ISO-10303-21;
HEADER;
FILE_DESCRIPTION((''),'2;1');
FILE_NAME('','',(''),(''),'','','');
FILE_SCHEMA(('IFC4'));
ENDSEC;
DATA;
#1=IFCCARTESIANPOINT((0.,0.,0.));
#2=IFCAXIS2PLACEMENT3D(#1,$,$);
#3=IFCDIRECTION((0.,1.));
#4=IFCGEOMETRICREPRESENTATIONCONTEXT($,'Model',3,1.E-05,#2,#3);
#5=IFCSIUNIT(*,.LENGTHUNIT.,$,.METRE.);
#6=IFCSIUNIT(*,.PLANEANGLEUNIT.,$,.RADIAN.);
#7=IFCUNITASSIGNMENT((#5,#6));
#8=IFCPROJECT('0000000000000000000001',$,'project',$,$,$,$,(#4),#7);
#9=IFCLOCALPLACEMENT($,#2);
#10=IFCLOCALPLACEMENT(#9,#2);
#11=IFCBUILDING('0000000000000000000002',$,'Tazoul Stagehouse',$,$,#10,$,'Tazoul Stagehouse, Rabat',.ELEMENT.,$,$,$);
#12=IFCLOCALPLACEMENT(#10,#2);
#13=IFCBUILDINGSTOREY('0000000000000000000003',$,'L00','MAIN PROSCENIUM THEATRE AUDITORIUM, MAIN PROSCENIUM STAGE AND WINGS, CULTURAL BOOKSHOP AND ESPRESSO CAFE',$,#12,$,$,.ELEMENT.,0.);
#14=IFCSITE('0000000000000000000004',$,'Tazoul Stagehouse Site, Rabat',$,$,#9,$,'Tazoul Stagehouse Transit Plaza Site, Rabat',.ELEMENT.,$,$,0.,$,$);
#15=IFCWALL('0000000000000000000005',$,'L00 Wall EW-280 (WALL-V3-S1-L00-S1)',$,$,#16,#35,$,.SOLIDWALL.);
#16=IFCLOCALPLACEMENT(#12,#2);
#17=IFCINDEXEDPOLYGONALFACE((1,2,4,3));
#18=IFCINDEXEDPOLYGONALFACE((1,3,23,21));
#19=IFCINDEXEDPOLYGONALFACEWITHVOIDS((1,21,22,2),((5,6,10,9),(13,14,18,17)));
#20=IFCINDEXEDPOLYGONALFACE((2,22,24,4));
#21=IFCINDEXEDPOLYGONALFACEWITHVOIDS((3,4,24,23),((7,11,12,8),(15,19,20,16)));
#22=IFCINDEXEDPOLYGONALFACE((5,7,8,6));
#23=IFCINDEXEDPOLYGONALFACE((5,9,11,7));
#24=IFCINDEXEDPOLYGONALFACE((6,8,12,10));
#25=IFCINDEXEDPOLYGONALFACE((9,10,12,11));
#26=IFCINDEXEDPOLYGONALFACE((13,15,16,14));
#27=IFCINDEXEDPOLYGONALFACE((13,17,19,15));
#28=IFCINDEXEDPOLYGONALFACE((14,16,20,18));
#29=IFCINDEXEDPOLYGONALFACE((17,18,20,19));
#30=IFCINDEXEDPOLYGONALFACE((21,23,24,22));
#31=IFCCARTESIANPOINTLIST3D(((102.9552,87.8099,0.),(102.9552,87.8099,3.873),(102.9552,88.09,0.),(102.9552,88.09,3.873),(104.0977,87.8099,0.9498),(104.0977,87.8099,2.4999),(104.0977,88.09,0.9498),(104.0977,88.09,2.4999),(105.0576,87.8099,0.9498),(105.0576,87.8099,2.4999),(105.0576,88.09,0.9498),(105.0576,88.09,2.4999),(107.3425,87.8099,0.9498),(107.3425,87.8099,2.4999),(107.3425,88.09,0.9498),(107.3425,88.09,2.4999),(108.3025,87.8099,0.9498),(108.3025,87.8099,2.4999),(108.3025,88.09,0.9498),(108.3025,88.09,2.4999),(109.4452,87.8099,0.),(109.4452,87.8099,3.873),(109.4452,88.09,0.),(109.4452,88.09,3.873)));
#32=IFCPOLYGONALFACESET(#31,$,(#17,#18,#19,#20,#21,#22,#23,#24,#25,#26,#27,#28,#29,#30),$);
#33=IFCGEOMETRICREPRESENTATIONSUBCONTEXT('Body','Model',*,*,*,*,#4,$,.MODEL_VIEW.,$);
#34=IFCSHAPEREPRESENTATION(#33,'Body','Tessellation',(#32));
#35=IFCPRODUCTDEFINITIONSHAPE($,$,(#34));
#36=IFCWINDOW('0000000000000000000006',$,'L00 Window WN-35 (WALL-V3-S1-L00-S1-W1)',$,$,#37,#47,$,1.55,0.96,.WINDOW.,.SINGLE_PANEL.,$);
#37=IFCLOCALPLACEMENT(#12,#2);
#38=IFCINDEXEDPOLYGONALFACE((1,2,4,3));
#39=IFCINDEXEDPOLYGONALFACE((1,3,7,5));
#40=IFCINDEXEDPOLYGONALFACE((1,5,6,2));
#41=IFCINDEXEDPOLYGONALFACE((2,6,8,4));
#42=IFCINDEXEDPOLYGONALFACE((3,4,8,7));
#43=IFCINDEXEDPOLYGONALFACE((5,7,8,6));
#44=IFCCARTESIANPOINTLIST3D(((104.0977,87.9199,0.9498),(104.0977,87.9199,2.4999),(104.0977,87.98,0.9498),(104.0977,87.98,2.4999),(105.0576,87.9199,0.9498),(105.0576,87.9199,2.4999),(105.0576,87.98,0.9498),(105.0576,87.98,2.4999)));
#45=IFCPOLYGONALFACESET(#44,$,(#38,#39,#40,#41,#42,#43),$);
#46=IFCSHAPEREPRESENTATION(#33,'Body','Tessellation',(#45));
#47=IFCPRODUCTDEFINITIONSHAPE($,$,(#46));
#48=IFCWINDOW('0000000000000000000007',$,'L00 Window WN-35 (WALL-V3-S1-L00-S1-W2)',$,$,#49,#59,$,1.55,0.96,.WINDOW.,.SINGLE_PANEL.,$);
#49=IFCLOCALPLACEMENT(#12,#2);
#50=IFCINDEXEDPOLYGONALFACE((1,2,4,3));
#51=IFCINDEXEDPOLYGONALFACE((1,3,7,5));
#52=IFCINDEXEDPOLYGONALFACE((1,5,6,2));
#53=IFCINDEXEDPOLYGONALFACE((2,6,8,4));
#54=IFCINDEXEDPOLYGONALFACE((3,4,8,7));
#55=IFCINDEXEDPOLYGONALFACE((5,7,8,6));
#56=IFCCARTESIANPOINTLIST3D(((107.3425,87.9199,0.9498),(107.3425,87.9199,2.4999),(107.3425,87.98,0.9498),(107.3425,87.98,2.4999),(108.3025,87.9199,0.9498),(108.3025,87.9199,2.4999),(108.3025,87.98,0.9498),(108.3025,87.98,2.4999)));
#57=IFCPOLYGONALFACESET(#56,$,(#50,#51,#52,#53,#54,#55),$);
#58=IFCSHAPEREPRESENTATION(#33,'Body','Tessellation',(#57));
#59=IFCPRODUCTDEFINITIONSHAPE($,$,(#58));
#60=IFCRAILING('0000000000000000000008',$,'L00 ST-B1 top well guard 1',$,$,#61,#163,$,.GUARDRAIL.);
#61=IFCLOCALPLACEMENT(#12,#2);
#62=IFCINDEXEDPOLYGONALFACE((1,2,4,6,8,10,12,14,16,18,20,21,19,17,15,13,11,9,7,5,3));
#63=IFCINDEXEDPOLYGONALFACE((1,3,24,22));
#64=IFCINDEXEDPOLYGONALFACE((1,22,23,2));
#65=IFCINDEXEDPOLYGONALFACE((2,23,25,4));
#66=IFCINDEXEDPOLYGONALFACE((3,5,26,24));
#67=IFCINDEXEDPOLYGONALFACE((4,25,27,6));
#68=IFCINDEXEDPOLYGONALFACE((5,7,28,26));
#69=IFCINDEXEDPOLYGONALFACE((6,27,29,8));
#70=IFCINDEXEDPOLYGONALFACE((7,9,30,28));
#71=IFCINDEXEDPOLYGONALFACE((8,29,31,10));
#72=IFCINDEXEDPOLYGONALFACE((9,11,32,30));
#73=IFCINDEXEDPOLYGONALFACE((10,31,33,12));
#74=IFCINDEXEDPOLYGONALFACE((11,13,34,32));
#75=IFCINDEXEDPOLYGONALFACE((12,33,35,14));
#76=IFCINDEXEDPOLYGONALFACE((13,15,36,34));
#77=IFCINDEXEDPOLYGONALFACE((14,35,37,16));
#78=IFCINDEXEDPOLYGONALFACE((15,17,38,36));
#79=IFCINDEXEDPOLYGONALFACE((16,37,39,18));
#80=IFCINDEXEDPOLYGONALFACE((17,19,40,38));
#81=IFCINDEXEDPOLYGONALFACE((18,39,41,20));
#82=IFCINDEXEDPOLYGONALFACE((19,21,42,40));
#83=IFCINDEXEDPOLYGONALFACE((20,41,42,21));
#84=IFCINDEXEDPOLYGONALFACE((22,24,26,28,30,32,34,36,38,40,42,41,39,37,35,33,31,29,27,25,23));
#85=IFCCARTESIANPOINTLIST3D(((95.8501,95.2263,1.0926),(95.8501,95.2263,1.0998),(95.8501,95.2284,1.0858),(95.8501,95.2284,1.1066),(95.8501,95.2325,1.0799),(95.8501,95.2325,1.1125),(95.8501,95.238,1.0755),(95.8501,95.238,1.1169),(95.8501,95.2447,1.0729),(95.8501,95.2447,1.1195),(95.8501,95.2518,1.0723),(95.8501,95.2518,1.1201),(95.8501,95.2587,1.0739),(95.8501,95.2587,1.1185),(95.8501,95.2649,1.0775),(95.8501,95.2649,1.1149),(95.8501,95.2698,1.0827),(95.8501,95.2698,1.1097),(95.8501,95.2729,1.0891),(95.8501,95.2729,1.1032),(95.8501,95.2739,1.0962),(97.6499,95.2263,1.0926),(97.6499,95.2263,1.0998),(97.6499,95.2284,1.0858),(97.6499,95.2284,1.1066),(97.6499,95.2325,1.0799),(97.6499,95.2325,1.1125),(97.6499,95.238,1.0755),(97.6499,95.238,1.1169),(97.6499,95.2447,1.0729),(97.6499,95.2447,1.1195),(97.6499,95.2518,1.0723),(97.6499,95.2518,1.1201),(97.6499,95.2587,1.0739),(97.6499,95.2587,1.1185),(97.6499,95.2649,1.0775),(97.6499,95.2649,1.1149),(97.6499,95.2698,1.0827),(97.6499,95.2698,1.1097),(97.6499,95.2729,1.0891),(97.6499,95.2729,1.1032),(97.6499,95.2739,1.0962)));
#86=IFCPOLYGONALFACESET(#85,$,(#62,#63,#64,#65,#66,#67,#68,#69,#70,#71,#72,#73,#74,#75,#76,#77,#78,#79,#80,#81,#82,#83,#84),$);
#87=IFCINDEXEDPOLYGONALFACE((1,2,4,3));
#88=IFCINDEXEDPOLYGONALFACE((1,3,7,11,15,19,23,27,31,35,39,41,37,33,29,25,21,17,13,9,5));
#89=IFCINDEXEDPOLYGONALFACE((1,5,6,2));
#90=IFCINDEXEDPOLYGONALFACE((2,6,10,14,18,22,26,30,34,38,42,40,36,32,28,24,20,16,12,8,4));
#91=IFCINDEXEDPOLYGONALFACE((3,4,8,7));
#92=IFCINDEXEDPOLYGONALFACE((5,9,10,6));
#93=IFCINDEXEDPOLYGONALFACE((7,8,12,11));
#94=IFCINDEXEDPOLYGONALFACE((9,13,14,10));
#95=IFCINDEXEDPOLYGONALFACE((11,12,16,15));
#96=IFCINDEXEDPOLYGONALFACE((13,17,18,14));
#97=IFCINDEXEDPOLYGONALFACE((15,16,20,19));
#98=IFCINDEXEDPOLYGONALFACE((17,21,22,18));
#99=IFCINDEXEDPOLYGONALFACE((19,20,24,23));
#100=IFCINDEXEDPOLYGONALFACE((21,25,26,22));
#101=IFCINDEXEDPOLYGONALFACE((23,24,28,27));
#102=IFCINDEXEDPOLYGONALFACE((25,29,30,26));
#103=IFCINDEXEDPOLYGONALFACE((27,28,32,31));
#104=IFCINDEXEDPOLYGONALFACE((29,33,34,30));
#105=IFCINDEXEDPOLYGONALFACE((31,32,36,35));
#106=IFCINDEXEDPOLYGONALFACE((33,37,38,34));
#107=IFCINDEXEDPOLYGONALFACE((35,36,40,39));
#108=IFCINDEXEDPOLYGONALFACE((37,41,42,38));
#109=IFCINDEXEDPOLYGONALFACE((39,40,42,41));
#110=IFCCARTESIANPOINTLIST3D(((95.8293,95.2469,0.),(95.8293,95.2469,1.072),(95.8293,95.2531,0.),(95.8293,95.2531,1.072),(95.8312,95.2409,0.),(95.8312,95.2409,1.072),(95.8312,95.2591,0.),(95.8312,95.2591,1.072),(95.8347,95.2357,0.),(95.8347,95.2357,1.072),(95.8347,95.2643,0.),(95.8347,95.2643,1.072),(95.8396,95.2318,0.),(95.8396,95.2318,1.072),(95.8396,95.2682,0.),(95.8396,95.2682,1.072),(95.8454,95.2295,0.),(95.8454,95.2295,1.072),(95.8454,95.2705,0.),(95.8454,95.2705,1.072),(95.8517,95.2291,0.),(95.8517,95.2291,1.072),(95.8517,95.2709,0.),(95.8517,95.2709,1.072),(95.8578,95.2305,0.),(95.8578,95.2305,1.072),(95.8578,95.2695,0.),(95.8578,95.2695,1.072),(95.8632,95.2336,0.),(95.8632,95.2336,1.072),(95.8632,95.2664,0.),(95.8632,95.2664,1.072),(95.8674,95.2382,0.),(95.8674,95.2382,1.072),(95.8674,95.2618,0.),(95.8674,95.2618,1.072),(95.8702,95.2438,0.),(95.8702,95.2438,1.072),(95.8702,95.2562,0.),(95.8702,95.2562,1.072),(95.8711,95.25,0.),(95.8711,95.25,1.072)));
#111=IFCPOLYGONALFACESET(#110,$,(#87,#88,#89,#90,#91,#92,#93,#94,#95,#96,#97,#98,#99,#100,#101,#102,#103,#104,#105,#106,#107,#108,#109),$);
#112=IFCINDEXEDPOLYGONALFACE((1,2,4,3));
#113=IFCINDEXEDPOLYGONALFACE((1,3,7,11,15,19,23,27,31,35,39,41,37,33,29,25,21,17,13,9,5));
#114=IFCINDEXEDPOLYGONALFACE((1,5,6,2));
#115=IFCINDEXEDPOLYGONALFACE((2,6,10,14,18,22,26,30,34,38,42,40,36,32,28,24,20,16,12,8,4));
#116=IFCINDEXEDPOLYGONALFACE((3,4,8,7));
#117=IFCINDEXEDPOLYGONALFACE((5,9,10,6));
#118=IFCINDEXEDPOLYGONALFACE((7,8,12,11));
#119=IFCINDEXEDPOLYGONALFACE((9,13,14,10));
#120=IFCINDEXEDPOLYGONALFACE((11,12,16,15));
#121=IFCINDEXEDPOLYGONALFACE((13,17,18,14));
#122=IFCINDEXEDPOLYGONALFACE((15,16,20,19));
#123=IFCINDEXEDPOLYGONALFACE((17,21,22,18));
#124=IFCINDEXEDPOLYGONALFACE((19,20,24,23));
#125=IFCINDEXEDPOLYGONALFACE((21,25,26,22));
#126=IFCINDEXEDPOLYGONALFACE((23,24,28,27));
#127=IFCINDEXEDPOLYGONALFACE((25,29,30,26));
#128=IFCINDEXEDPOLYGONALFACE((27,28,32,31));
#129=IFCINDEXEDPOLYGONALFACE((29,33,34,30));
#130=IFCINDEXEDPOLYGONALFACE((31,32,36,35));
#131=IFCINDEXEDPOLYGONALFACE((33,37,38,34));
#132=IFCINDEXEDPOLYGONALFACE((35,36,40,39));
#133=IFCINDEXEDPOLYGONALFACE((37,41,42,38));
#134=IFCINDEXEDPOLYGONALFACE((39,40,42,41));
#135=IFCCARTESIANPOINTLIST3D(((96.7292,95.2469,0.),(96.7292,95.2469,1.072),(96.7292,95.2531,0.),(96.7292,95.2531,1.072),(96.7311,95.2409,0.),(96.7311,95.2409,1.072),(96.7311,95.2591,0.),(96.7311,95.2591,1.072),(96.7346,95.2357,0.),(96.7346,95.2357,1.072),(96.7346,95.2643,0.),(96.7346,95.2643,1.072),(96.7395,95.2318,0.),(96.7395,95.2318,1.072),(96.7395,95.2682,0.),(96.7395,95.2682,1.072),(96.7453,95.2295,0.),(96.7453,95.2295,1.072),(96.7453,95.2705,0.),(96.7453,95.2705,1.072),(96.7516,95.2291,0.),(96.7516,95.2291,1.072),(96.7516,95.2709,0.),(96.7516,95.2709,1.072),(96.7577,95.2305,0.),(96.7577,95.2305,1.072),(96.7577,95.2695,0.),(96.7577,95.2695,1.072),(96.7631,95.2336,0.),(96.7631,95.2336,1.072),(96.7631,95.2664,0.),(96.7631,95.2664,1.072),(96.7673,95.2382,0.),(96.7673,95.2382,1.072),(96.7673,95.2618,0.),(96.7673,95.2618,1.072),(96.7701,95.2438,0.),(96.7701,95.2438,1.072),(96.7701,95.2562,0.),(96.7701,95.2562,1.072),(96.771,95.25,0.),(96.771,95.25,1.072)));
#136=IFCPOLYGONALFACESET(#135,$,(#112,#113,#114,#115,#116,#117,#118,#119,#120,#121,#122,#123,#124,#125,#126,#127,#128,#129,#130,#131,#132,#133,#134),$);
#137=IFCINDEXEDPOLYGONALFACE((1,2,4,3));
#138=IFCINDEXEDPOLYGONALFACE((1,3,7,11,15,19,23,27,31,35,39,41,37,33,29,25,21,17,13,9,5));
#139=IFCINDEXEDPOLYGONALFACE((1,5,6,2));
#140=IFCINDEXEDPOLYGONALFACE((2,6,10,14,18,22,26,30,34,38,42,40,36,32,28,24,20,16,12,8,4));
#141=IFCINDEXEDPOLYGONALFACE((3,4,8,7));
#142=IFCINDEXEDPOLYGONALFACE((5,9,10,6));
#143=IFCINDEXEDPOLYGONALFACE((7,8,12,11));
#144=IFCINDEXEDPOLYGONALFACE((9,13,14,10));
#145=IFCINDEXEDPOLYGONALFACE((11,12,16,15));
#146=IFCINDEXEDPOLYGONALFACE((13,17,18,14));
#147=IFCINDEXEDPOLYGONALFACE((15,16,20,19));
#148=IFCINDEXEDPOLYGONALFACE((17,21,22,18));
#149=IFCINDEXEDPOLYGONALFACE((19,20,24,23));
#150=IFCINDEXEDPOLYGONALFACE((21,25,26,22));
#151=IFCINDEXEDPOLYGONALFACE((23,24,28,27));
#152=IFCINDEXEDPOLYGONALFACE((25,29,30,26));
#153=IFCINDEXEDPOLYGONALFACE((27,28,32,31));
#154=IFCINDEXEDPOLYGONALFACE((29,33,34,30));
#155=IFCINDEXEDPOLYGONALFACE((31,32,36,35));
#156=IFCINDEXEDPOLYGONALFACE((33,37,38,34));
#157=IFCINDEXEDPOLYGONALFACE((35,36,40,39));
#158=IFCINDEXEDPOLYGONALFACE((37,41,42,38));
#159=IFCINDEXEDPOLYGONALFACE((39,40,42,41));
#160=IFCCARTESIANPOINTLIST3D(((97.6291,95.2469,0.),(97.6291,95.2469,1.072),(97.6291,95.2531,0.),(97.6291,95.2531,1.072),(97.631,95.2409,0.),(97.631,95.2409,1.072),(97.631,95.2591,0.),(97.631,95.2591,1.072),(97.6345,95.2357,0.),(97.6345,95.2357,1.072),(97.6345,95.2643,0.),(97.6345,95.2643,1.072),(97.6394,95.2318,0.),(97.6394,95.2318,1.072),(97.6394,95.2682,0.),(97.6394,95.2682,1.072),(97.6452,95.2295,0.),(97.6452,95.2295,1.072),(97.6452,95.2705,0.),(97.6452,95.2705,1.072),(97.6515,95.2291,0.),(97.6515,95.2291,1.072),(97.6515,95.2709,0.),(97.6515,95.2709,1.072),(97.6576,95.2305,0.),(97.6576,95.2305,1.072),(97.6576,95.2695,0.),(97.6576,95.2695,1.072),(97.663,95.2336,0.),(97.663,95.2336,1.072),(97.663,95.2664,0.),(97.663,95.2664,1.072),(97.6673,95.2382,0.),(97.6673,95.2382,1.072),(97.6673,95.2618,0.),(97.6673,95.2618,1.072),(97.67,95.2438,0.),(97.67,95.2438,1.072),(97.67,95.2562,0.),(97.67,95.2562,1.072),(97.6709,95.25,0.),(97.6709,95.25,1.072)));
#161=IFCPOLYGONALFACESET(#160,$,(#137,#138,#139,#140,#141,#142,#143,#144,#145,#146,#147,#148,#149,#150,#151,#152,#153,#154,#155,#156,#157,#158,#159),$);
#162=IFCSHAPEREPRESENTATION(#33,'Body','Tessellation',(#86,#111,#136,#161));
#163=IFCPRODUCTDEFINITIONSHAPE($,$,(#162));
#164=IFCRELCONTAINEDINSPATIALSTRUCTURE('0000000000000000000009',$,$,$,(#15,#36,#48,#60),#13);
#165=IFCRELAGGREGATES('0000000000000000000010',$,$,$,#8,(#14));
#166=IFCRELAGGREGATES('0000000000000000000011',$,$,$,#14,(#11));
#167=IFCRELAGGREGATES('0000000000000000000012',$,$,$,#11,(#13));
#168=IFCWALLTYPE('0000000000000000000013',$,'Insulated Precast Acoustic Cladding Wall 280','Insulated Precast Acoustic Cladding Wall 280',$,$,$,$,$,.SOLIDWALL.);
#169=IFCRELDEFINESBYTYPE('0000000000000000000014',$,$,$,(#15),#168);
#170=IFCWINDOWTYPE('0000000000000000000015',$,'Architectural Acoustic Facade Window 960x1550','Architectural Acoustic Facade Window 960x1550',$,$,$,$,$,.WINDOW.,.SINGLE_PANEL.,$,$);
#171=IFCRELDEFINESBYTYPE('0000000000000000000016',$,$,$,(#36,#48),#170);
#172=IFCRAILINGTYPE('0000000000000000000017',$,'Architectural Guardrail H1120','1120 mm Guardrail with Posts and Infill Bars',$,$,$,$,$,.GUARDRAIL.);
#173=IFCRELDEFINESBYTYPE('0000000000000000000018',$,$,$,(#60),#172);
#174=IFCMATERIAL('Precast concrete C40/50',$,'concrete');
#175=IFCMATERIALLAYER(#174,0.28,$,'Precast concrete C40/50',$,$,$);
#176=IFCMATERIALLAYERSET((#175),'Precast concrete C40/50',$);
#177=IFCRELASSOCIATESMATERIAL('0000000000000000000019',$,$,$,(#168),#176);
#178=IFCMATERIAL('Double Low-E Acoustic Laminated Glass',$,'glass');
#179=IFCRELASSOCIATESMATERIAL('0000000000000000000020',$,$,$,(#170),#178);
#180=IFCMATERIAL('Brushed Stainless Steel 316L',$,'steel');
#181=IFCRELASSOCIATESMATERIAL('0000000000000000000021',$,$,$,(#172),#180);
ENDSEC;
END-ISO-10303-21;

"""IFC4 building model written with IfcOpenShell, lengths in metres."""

from ifc_helpers import new_model, si_unit, direction, frame, frame_2d, origin, origin_2d, place, context, subcontext, project, spatial, rectangle, circle, extrude, material, layer, layer_set, material_profile, profile_set, type_object, element, fill, save


model = new_model("IFC4")

# Units and contexts
model_context = context("Model", 3, precision=1e-05, world=origin(), true_north=direction((0.0, 1.0)))
body_context = subcontext(model_context, "Body", "Model", "MODEL_VIEW")
ifc_project = project(units=[si_unit("LENGTHUNIT", "METRE"), si_unit("PLANEANGLEUNIT", "RADIAN")], contexts=[model_context])

# Site, building, storey
site_placement = place(None, origin())
site = spatial("IfcSite", under=ifc_project, at=site_placement, Name="Tazoul Stagehouse Site, Rabat", LongName="Tazoul Stagehouse Transit Plaza Site, Rabat", CompositionType="ELEMENT", RefElevation=0.0)
building_placement = place(site_placement, origin())
building = spatial("IfcBuilding", under=site, at=building_placement, Name="Tazoul Stagehouse", LongName="Tazoul Stagehouse, Rabat", CompositionType="ELEMENT")
storey_placement = place(building_placement, origin())
storey = spatial("IfcBuildingStorey", under=building, at=storey_placement, Name="L00", Description="MAIN PROSCENIUM THEATRE AUDITORIUM, MAIN PROSCENIUM STAGE AND WINGS, CULTURAL BOOKSHOP AND ESPRESSO CAFE", CompositionType="ELEMENT", Elevation=0.0)

# Wall, openings, windows
ifc_material_1 = material(Name="Precast concrete C40/50", Category="concrete")
ifc_layer_1 = layer(ifc_material_1, 0.28, Name="Precast concrete C40/50")
ifc_layer_set_1 = layer_set([ifc_layer_1], Name="Precast concrete C40/50")
wall_type_1 = type_object("IfcWallType", Name="Insulated Precast Acoustic Cladding Wall 280", Description="Insulated Precast Acoustic Cladding Wall 280", PredefinedType="SOLIDWALL", material=ifc_layer_set_1)
wall_1_placement = place(storey_placement, frame((102.9551, 87.95, 0.0), z_axis=(0.0, 0.0, 1.0), x_axis=(1.0, 0.0, 0.0)))
wall_1 = element("IfcWall", 1, at=wall_1_placement, inside=storey, type_object=wall_type_1, Name="L00 Wall EW-280 (WALL-V3-S1-L00-S1)", PredefinedType="SOLIDWALL", context=body_context, shape_type="SweptSolid", body=[
    extrude(rectangle(XDim=6.49, YDim=0.28, at=frame_2d((3.2451, 0.0))), origin(), (0.0, 0.0, 1.0), 3.873),
])
opening_1_placement = place(wall_1_placement, frame((1.1426, 0.0, 0.95)))
opening_1 = element("IfcOpeningElement", 2, at=opening_1_placement, cuts=wall_1, PredefinedType="OPENING", context=body_context, shape_type="SweptSolid", body=[
    extrude(rectangle(XDim=0.96, YDim=1.55, at=frame_2d((0.48, 0.7749))), frame((0.0, 0.1599, 0.0), z_axis=(0.0, -1.0, 0.0), x_axis=(1.0, 0.0, 0.0)), (0.0, 0.0, 1.0), 0.3201),
])
opening_2_placement = place(wall_1_placement, frame((4.3875, 0.0, 0.95)))
opening_2 = element("IfcOpeningElement", 3, at=opening_2_placement, cuts=wall_1, PredefinedType="OPENING", context=body_context, shape_type="SweptSolid", body=[
    extrude(rectangle(XDim=0.96, YDim=1.55, at=frame_2d((0.48, 0.7749))), frame((0.0, 0.1599, 0.0), z_axis=(0.0, -1.0, 0.0), x_axis=(1.0, 0.0, 0.0)), (0.0, 0.0, 1.0), 0.3201),
])
ifc_material_2 = material(Name="Double Low-E Acoustic Laminated Glass", Category="glass")
window_type = type_object("IfcWindowType", Name="Architectural Acoustic Facade Window 960x1550", Description="Architectural Acoustic Facade Window 960x1550", PartitioningType="SINGLE_PANEL", PredefinedType="WINDOW", material=ifc_material_2)
window_1_placement = place(opening_1_placement, origin())
window_1 = element("IfcWindow", 4, at=window_1_placement, inside=storey, type_object=window_type, Name="L00 Window WN-35 (WALL-V3-S1-L00-S1-W1)", OverallHeight=1.55, OverallWidth=0.96, PartitioningType="SINGLE_PANEL", PredefinedType="WINDOW", context=body_context, shape_type="SweptSolid", body=[
    extrude(rectangle(XDim=0.96, YDim=1.55, at=frame_2d((0.48, 0.7749))), frame((0.0, 0.03, 0.0), z_axis=(0.0, -1.0, 0.0), x_axis=(1.0, 0.0, 0.0)), (0.0, 0.0, 1.0), 0.0601),
])
fill(opening_1, window_1)
window_2_placement = place(opening_2_placement, origin())
window_2 = element("IfcWindow", 5, at=window_2_placement, inside=storey, type_object=window_type, Name="L00 Window WN-35 (WALL-V3-S1-L00-S1-W2)", OverallHeight=1.55, OverallWidth=0.96, PartitioningType="SINGLE_PANEL", PredefinedType="WINDOW", context=body_context, shape_type="SweptSolid", body=[
    extrude(rectangle(XDim=0.96, YDim=1.55, at=frame_2d((0.48, 0.7749))), frame((0.0, 0.03, 0.0), z_axis=(0.0, -1.0, 0.0), x_axis=(1.0, 0.0, 0.0)), (0.0, 0.0, 1.0), 0.0601),
])
fill(opening_2, window_2)

# Railing
ifc_material_3 = material(Name="Brushed Stainless Steel 316L", Category="steel")
ifc_material_profile_1 = material_profile(ifc_material_3, circle(Radius=0.0239, at=origin_2d()), Name="SS RAIL D48")
ifc_profile_set_1 = profile_set([ifc_material_profile_1], Name="Brushed Stainless Steel 316L")
railing_type = type_object("IfcRailingType", Name="Architectural Guardrail H1120", Description="1120 mm Guardrail with Posts and Infill Bars", PredefinedType="GUARDRAIL", material=ifc_profile_set_1)
railing_placement = place(storey_placement, frame((95.8501, 95.25, 0.0)))
element("IfcRailing", 6, at=railing_placement, inside=storey, type_object=railing_type, Name="L00 ST-B1 top well guard 1", PredefinedType="GUARDRAIL", context=body_context, shape_type="SweptSolid", body=[
    extrude(circle(Radius=0.0239, at=origin_2d()), frame((0.0, 0.0, 1.0962), z_axis=(1.0, 0.0, 0.0), x_axis=(0.0, 1.0, 0.0)), (0.0, 0.0, 1.0), 1.7998),
    extrude(circle(Radius=0.021, at=origin_2d()), origin(), (0.0, 0.0, 1.0), 1.072),
    extrude(circle(Radius=0.021, at=origin_2d()), frame((0.8999, 0.0, 0.0)), (0.0, 0.0, 1.0), 1.072),
    extrude(circle(Radius=0.021, at=origin_2d()), frame((1.7998, 0.0, 0.0)), (0.0, 0.0, 1.0), 1.072),
])

save(model, "model.ifc")
